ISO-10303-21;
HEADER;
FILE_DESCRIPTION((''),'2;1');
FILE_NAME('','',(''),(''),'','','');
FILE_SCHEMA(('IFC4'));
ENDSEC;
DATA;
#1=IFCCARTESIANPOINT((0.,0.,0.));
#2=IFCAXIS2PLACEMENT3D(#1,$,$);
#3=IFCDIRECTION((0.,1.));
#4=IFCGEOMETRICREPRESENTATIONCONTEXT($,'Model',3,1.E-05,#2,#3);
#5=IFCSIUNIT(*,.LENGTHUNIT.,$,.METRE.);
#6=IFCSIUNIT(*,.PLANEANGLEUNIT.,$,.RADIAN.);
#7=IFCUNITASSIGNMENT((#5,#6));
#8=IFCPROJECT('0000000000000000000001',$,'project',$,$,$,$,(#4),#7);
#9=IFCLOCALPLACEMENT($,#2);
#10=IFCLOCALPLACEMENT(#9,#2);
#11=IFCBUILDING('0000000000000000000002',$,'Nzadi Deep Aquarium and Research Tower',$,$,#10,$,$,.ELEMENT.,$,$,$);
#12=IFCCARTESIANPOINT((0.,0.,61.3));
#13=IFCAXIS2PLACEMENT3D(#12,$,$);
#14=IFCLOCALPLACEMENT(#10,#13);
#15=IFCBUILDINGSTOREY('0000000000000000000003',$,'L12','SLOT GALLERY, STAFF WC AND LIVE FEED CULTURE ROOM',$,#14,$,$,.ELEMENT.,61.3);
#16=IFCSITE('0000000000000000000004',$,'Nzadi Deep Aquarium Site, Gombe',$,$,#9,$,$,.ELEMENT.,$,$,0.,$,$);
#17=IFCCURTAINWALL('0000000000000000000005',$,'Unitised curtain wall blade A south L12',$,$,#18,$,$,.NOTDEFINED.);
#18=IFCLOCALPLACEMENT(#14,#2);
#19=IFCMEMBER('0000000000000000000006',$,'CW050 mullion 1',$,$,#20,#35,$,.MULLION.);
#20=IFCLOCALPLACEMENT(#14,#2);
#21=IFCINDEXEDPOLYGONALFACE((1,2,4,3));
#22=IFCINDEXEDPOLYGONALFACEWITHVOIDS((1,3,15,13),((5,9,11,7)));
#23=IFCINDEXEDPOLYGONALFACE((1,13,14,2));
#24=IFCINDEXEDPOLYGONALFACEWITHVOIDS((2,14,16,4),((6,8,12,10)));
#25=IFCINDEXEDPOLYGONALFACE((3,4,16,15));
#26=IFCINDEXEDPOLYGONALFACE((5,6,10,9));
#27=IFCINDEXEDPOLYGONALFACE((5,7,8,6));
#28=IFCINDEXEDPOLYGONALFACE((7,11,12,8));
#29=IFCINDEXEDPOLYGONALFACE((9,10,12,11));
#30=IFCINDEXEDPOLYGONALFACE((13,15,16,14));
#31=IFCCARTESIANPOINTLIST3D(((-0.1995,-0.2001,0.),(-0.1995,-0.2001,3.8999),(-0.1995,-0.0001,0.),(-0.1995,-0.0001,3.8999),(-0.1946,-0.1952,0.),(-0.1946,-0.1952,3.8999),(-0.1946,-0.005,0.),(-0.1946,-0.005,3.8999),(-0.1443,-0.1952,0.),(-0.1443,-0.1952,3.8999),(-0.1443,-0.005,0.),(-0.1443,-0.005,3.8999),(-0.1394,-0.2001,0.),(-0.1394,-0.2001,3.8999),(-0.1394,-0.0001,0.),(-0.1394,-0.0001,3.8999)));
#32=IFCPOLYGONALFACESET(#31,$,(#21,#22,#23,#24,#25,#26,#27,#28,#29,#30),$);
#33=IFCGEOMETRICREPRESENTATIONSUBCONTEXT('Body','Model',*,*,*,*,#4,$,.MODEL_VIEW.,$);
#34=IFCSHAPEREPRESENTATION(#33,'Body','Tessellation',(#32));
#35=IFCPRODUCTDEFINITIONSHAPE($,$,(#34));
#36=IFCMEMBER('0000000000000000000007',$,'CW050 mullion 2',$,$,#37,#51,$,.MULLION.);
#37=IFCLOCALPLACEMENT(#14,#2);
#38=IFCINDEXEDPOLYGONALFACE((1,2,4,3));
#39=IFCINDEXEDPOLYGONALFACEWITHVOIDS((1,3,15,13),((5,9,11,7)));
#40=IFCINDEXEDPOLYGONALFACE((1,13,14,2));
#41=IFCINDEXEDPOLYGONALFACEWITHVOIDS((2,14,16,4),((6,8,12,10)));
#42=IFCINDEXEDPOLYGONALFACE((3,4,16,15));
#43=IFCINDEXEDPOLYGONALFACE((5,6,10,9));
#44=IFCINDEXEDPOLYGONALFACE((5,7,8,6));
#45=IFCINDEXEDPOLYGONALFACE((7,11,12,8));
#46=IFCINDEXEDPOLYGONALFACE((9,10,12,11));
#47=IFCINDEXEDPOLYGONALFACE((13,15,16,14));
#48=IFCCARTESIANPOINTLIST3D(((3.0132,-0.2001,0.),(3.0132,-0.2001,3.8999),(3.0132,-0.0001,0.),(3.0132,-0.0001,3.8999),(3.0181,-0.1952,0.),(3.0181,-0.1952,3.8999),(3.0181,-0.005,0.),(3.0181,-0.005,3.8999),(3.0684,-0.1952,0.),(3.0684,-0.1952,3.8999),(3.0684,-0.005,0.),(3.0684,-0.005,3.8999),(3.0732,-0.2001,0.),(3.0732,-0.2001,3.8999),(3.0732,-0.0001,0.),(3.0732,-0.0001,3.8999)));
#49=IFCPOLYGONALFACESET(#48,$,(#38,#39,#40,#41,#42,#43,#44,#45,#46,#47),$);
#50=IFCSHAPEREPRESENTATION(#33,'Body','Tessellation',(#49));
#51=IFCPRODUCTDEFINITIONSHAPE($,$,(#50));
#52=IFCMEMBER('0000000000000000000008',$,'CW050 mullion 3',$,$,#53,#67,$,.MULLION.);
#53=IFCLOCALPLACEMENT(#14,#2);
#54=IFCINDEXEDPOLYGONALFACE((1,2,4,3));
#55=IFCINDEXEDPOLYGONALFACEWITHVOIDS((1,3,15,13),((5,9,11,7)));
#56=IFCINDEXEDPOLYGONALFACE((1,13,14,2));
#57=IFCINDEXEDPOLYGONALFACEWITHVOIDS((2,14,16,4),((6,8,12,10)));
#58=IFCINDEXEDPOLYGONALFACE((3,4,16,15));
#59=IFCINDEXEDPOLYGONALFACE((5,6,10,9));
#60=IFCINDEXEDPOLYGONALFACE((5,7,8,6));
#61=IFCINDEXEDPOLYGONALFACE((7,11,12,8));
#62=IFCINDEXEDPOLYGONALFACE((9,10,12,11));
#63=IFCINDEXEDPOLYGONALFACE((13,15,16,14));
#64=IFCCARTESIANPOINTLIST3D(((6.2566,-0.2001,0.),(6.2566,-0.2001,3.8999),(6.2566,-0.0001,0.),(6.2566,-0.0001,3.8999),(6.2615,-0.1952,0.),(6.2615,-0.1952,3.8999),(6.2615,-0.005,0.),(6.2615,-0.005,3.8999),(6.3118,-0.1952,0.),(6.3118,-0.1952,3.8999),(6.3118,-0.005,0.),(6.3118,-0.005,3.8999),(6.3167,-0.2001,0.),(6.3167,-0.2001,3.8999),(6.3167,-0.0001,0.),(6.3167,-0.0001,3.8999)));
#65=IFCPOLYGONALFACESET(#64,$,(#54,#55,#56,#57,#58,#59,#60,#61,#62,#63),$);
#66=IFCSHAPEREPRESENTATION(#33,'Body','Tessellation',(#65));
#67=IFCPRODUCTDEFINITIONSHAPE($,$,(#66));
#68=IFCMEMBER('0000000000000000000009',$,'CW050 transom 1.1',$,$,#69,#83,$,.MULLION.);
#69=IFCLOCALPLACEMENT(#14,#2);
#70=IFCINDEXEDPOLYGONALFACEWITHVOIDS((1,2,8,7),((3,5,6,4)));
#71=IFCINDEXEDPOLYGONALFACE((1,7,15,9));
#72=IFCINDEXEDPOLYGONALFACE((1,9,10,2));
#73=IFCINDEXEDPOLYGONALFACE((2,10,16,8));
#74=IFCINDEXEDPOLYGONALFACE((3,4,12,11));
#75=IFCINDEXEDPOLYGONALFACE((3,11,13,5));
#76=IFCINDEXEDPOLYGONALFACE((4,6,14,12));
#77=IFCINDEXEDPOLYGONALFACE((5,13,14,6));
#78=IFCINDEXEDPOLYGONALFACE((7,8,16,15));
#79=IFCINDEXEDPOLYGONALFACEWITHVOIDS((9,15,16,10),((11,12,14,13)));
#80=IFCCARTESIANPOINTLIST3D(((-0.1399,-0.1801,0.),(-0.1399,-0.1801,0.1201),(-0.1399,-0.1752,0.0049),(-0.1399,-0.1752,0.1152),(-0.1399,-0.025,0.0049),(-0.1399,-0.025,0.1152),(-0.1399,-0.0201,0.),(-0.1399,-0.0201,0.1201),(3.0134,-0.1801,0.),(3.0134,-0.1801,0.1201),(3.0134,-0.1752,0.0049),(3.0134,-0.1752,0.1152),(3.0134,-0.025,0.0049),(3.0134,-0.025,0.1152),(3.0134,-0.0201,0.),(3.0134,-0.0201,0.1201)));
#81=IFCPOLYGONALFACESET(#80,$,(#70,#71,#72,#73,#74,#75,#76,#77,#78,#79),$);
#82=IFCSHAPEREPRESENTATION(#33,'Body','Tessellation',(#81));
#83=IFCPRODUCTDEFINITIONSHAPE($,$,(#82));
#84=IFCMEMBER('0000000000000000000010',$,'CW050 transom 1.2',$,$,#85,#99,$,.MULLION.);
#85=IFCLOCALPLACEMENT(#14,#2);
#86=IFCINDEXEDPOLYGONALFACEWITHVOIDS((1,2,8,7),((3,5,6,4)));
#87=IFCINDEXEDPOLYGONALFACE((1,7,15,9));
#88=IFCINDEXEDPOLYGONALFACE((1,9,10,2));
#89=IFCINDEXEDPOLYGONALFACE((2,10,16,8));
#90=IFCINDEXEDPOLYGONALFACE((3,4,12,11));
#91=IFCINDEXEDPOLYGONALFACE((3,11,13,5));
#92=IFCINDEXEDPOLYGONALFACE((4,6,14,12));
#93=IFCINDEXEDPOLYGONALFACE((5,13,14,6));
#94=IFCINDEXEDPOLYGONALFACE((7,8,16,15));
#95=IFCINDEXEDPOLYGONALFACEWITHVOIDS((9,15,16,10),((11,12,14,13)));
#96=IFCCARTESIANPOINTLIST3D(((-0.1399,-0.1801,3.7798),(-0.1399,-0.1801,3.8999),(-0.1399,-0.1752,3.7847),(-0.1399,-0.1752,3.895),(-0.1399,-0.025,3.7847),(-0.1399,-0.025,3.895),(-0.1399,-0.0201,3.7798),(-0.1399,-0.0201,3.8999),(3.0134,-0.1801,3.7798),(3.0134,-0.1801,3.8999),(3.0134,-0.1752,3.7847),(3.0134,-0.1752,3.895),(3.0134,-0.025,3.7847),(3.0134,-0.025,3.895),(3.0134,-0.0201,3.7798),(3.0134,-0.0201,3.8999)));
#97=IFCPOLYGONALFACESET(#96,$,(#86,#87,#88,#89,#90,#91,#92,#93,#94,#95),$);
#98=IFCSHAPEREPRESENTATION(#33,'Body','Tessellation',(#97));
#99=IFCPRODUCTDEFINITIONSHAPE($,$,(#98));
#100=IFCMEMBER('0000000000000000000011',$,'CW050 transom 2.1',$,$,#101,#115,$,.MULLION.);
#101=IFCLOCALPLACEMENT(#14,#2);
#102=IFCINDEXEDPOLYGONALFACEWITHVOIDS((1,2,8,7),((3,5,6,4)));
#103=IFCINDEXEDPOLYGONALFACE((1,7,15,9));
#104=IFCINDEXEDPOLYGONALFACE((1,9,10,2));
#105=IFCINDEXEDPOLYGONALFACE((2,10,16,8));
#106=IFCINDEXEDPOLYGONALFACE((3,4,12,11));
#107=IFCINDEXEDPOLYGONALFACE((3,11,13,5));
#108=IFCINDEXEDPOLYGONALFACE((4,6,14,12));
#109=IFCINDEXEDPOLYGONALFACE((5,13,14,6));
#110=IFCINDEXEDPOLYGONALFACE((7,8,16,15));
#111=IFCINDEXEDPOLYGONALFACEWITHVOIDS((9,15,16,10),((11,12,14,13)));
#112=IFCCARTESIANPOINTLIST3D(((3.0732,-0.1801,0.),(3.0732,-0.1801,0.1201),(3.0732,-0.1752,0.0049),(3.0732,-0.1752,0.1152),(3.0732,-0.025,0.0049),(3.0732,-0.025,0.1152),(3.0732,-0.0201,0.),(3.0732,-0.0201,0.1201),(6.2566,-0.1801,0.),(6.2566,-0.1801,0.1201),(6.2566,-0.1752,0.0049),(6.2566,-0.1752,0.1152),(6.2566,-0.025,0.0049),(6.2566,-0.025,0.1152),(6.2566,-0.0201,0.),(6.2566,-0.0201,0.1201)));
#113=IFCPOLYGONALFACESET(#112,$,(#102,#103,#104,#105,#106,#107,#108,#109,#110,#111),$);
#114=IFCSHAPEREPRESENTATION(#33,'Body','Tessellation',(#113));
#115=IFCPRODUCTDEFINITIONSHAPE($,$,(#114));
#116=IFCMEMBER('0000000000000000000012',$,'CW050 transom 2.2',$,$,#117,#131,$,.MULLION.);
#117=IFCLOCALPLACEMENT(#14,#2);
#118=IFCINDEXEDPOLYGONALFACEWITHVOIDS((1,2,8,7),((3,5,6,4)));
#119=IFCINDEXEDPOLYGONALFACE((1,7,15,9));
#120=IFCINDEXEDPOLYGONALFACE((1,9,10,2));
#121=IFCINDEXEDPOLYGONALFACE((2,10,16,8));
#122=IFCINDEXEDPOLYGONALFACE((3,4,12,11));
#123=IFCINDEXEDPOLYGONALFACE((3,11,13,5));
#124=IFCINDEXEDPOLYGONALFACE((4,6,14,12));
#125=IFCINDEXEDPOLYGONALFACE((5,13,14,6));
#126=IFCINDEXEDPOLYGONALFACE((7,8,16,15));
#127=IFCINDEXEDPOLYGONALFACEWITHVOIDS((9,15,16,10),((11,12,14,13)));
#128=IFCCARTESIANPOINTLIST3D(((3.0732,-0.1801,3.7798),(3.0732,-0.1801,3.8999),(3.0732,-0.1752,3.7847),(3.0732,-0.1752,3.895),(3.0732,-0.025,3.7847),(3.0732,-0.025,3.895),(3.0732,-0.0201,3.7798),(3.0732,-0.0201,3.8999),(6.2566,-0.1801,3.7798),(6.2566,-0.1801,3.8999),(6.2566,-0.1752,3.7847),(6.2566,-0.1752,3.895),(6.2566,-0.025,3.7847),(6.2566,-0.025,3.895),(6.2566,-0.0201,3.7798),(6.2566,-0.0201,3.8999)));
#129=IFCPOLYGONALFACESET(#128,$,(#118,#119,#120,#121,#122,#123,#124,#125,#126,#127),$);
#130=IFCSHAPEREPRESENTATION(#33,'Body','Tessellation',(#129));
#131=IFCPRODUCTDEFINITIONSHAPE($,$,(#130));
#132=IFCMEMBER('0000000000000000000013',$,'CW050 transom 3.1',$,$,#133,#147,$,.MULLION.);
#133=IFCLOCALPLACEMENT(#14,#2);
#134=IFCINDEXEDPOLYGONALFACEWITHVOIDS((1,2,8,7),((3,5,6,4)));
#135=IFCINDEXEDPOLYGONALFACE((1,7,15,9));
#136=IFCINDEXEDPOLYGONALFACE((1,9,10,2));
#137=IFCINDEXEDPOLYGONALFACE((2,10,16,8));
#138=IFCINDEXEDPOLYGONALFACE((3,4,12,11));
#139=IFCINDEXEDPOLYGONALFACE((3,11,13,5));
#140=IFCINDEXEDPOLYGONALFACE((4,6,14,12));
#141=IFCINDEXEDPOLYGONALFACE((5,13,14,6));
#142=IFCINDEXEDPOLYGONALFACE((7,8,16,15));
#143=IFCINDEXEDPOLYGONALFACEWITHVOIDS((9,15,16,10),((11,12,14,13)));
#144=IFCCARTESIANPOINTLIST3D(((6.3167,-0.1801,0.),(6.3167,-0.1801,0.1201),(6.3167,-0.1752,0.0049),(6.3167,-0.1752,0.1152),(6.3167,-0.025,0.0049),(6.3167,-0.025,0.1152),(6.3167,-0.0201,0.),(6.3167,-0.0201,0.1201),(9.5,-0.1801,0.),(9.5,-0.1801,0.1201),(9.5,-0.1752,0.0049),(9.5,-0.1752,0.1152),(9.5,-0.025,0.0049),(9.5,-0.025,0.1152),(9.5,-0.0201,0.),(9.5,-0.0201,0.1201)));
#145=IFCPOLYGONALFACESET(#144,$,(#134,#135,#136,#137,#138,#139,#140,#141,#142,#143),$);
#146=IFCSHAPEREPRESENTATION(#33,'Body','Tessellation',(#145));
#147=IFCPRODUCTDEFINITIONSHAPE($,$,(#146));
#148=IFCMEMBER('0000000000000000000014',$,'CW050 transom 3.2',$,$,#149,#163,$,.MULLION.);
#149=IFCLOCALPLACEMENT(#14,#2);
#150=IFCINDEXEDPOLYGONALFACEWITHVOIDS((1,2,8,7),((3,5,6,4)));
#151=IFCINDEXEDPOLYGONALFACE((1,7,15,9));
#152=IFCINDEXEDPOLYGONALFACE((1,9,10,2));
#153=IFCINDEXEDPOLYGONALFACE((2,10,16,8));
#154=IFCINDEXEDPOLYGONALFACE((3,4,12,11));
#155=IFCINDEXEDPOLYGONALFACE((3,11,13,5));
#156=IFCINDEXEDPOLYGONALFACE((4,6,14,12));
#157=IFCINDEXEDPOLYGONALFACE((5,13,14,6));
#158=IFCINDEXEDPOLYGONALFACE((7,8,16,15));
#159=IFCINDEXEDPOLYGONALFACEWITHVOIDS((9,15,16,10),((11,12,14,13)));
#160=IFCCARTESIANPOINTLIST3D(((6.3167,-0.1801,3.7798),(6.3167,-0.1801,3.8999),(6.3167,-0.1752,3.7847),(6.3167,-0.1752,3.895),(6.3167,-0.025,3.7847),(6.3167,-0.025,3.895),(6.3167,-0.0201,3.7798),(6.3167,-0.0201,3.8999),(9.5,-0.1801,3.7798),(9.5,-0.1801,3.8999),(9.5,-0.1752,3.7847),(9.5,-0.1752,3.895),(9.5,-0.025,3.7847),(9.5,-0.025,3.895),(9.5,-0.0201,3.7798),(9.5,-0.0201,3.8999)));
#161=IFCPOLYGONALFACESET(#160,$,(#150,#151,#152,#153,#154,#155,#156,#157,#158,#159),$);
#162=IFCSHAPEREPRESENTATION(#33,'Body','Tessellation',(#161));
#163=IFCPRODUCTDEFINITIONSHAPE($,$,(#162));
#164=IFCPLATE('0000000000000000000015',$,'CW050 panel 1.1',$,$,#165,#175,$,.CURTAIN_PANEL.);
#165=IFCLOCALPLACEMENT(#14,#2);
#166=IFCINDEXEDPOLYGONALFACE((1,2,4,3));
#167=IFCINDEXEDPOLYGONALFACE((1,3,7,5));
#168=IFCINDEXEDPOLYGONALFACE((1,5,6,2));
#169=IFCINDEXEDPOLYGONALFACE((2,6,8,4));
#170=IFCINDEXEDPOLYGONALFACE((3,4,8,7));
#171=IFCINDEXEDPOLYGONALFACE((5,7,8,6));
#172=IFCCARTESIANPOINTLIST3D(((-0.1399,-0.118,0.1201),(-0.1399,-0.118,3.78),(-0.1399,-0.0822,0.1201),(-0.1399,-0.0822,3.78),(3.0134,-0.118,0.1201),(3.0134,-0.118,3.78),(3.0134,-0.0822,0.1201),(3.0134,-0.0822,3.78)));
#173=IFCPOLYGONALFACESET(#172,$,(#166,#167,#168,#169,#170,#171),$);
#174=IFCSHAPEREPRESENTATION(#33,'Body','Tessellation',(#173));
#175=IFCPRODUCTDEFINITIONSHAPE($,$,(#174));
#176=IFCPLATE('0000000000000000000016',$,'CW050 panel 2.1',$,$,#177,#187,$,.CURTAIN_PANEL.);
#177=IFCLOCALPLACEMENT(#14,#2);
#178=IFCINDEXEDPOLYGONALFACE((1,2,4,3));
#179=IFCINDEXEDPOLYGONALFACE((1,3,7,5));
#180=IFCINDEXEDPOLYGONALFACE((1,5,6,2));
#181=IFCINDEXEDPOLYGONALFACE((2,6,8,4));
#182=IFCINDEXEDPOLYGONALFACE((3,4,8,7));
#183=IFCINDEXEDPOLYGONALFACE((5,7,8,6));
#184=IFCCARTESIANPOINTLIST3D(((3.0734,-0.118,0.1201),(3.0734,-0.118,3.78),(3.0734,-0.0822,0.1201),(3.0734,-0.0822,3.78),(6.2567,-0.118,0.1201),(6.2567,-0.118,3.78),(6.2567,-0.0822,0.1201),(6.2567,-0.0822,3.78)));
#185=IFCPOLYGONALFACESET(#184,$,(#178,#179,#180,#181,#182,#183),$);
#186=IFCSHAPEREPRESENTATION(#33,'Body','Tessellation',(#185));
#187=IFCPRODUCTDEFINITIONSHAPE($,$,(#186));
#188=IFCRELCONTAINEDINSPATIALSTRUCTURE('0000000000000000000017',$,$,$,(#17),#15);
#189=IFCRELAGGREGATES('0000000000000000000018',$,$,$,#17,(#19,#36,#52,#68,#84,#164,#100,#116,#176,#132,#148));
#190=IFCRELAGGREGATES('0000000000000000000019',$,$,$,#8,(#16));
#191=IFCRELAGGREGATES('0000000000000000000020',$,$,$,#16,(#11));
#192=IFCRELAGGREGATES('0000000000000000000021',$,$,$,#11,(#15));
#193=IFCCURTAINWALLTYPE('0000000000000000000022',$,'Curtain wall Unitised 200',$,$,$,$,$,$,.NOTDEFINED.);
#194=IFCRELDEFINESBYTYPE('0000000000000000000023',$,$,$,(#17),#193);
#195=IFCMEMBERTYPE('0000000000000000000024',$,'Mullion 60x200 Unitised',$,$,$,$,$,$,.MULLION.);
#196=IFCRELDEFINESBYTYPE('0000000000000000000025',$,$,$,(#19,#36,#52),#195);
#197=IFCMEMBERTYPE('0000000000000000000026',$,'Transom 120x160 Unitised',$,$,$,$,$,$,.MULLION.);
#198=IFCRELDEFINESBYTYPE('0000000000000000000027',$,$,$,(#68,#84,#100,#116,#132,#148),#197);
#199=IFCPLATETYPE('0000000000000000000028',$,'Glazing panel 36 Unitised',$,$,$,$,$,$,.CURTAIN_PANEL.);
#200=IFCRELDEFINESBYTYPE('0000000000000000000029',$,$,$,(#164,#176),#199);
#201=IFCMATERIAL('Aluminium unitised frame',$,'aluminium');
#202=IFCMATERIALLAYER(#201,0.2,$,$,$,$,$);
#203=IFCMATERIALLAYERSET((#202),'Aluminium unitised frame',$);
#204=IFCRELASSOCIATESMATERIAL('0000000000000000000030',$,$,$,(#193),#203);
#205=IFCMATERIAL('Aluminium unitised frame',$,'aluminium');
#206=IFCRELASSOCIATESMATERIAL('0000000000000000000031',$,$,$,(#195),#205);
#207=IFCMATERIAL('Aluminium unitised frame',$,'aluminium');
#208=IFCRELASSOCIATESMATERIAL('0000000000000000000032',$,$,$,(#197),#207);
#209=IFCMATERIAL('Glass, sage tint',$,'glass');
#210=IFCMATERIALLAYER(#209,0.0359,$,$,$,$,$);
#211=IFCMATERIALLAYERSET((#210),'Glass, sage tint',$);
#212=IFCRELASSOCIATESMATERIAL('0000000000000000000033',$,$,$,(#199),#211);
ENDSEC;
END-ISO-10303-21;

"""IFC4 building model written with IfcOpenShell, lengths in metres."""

from ifc_helpers import new_model, si_unit, direction, frame, origin, origin_2d, place, context, subcontext, project, spatial, rectangle, hollow_rectangle, extrude, material, layer, layer_set, material_profile, profile_set, type_object, element, aggregate, save


model = new_model("IFC4")

# Units and contexts
model_context = context("Model", 3, precision=1e-05, world=origin(), true_north=direction((0.0, 1.0)))
body_context = subcontext(model_context, "Body", "Model", "MODEL_VIEW")
ifc_project = project(units=[si_unit("LENGTHUNIT", "METRE"), si_unit("PLANEANGLEUNIT", "RADIAN")], contexts=[model_context])

# Site, building, storey
site_placement = place(None, origin())
site = spatial("IfcSite", under=ifc_project, at=site_placement, Name="Nzadi Deep Aquarium Site, Gombe", CompositionType="ELEMENT", RefElevation=0.0)
building_placement = place(site_placement, origin())
building = spatial("IfcBuilding", under=site, at=building_placement, Name="Nzadi Deep Aquarium and Research Tower", CompositionType="ELEMENT")
storey_placement = place(building_placement, frame((0.0, 0.0, 61.3)))
storey = spatial("IfcBuildingStorey", under=building, at=storey_placement, Name="L12", Description="SLOT GALLERY, STAFF WC AND LIVE FEED CULTURE ROOM", CompositionType="ELEMENT", Elevation=61.3)

# Curtain wall, members, plates
ifc_material_1 = material(Name="Aluminium unitised frame", Category="aluminium")
ifc_layer_1 = layer(ifc_material_1, 0.2)
ifc_layer_set_1 = layer_set([ifc_layer_1], Name="Aluminium unitised frame")
curtain_wall_type = type_object("IfcCurtainWallType", Name="Curtain wall Unitised 200", PredefinedType="NOTDEFINED", material=ifc_layer_set_1)
curtain_wall_placement = place(storey_placement, origin())
curtain_wall = element("IfcCurtainWall", 1, at=curtain_wall_placement, inside=storey, type_object=curtain_wall_type, Name="Unitised curtain wall blade A south L12", PredefinedType="NOTDEFINED")
ifc_material_2 = material(Name="Aluminium unitised frame", Category="aluminium")
ifc_material_profile_1 = material_profile(ifc_material_2, hollow_rectangle(XDim=0.2, YDim=0.0601, WallThickness=0.0049, at=origin_2d()))
ifc_profile_set_1 = profile_set([ifc_material_profile_1], Name="Aluminium unitised frame")
member_type_1 = type_object("IfcMemberType", Name="Mullion 60x200 Unitised", PredefinedType="MULLION", material=ifc_profile_set_1)
member_1_placement = place(storey_placement, frame((-0.1694, -0.1001, 0.0), z_axis=(0.0, 0.0, 1.0), x_axis=(0.0, 1.0, 0.0)))
member_1 = element("IfcMember", 2, at=member_1_placement, type_object=member_type_1, Name="CW050 mullion 1", PredefinedType="MULLION", context=body_context, shape_type="SweptSolid", body=[
    extrude(hollow_rectangle(XDim=0.2, YDim=0.0601, WallThickness=0.0049, at=origin_2d()), origin(), (0.0, 0.0, 1.0), 3.8999),
])
member_2_placement = place(storey_placement, frame((3.0432, -0.1001, 0.0), z_axis=(0.0, 0.0, 1.0), x_axis=(0.0, 1.0, 0.0)))
member_2 = element("IfcMember", 3, at=member_2_placement, type_object=member_type_1, Name="CW050 mullion 2", PredefinedType="MULLION", context=body_context, shape_type="SweptSolid", body=[
    extrude(hollow_rectangle(XDim=0.2, YDim=0.0601, WallThickness=0.0049, at=origin_2d()), origin(), (0.0, 0.0, 1.0), 3.8999),
])
member_3_placement = place(storey_placement, frame((6.2866, -0.1001, 0.0), z_axis=(0.0, 0.0, 1.0), x_axis=(0.0, 1.0, 0.0)))
member_3 = element("IfcMember", 4, at=member_3_placement, type_object=member_type_1, Name="CW050 mullion 3", PredefinedType="MULLION", context=body_context, shape_type="SweptSolid", body=[
    extrude(hollow_rectangle(XDim=0.2, YDim=0.0601, WallThickness=0.0049, at=origin_2d()), origin(), (0.0, 0.0, 1.0), 3.8999),
])
ifc_material_3 = material(Name="Aluminium unitised frame", Category="aluminium")
ifc_material_profile_2 = material_profile(ifc_material_3, hollow_rectangle(XDim=0.1599, YDim=0.1201, WallThickness=0.0049, at=origin_2d()))
ifc_profile_set_2 = profile_set([ifc_material_profile_2], Name="Aluminium unitised frame")
member_type_2 = type_object("IfcMemberType", Name="Transom 120x160 Unitised", PredefinedType="MULLION", material=ifc_profile_set_2)
member_4_placement = place(storey_placement, frame((-0.1399, -0.1001, 0.0601), z_axis=(1.0, 0.0, 0.0), x_axis=(0.0, 1.0, 0.0)))
member_4 = element("IfcMember", 5, at=member_4_placement, type_object=member_type_2, Name="CW050 transom 1.1", PredefinedType="MULLION", context=body_context, shape_type="SweptSolid", body=[
    extrude(hollow_rectangle(XDim=0.1599, YDim=0.1201, WallThickness=0.0049, at=origin_2d()), origin(), (0.0, 0.0, 1.0), 3.1533),
])
member_5_placement = place(storey_placement, frame((-0.1399, -0.1001, 3.8398), z_axis=(1.0, 0.0, 0.0), x_axis=(0.0, 1.0, 0.0)))
member_5 = element("IfcMember", 6, at=member_5_placement, type_object=member_type_2, Name="CW050 transom 1.2", PredefinedType="MULLION", context=body_context, shape_type="SweptSolid", body=[
    extrude(hollow_rectangle(XDim=0.1599, YDim=0.1201, WallThickness=0.0049, at=origin_2d()), origin(), (0.0, 0.0, 1.0), 3.1533),
])
member_6_placement = place(storey_placement, frame((3.0732, -0.1001, 0.0601), z_axis=(1.0, 0.0, 0.0), x_axis=(0.0, 1.0, 0.0)))
member_6 = element("IfcMember", 7, at=member_6_placement, type_object=member_type_2, Name="CW050 transom 2.1", PredefinedType="MULLION", context=body_context, shape_type="SweptSolid", body=[
    extrude(hollow_rectangle(XDim=0.1599, YDim=0.1201, WallThickness=0.0049, at=origin_2d()), origin(), (0.0, 0.0, 1.0), 3.1833),
])
member_7_placement = place(storey_placement, frame((3.0732, -0.1001, 3.8398), z_axis=(1.0, 0.0, 0.0), x_axis=(0.0, 1.0, 0.0)))
member_7 = element("IfcMember", 8, at=member_7_placement, type_object=member_type_2, Name="CW050 transom 2.2", PredefinedType="MULLION", context=body_context, shape_type="SweptSolid", body=[
    extrude(hollow_rectangle(XDim=0.1599, YDim=0.1201, WallThickness=0.0049, at=origin_2d()), origin(), (0.0, 0.0, 1.0), 3.1833),
])
member_8_placement = place(storey_placement, frame((6.3167, -0.1001, 0.0601), z_axis=(1.0, 0.0, 0.0), x_axis=(0.0, 1.0, 0.0)))
member_8 = element("IfcMember", 9, at=member_8_placement, type_object=member_type_2, Name="CW050 transom 3.1", PredefinedType="MULLION", context=body_context, shape_type="SweptSolid", body=[
    extrude(hollow_rectangle(XDim=0.1599, YDim=0.1201, WallThickness=0.0049, at=origin_2d()), origin(), (0.0, 0.0, 1.0), 3.1833),
])
member_9_placement = place(storey_placement, frame((6.3167, -0.1001, 3.8398), z_axis=(1.0, 0.0, 0.0), x_axis=(0.0, 1.0, 0.0)))
member_9 = element("IfcMember", 10, at=member_9_placement, type_object=member_type_2, Name="CW050 transom 3.2", PredefinedType="MULLION", context=body_context, shape_type="SweptSolid", body=[
    extrude(hollow_rectangle(XDim=0.1599, YDim=0.1201, WallThickness=0.0049, at=origin_2d()), origin(), (0.0, 0.0, 1.0), 3.1833),
])
ifc_material_4 = material(Name="Glass, sage tint", Category="glass")
ifc_layer_2 = layer(ifc_material_4, 0.0359)
ifc_layer_set_2 = layer_set([ifc_layer_2], Name="Glass, sage tint")
plate_type = type_object("IfcPlateType", Name="Glazing panel 36 Unitised", PredefinedType="CURTAIN_PANEL", material=ifc_layer_set_2)
plate_1_placement = place(storey_placement, frame((1.4368, -0.1001, 0.1201), z_axis=(0.0, 0.0, 1.0), x_axis=(1.0, 0.0, 0.0)))
plate_1 = element("IfcPlate", 11, at=plate_1_placement, type_object=plate_type, Name="CW050 panel 1.1", PredefinedType="CURTAIN_PANEL", context=body_context, shape_type="SweptSolid", body=[
    extrude(rectangle(XDim=3.1533, YDim=0.0359, at=origin_2d()), origin(), (0.0, 0.0, 1.0), 3.6599),
])
plate_2_placement = place(storey_placement, frame((4.665, -0.1001, 0.1201), z_axis=(0.0, 0.0, 1.0), x_axis=(1.0, 0.0, 0.0)))
plate_2 = element("IfcPlate", 12, at=plate_2_placement, type_object=plate_type, Name="CW050 panel 2.1", PredefinedType="CURTAIN_PANEL", context=body_context, shape_type="SweptSolid", body=[
    extrude(rectangle(XDim=3.1833, YDim=0.0359, at=origin_2d()), origin(), (0.0, 0.0, 1.0), 3.6599),
])
aggregate(curtain_wall, [member_1, member_2, member_3, member_4, member_5, plate_1, member_6, member_7, plate_2, member_8, member_9])

save(model, "model.ifc")
